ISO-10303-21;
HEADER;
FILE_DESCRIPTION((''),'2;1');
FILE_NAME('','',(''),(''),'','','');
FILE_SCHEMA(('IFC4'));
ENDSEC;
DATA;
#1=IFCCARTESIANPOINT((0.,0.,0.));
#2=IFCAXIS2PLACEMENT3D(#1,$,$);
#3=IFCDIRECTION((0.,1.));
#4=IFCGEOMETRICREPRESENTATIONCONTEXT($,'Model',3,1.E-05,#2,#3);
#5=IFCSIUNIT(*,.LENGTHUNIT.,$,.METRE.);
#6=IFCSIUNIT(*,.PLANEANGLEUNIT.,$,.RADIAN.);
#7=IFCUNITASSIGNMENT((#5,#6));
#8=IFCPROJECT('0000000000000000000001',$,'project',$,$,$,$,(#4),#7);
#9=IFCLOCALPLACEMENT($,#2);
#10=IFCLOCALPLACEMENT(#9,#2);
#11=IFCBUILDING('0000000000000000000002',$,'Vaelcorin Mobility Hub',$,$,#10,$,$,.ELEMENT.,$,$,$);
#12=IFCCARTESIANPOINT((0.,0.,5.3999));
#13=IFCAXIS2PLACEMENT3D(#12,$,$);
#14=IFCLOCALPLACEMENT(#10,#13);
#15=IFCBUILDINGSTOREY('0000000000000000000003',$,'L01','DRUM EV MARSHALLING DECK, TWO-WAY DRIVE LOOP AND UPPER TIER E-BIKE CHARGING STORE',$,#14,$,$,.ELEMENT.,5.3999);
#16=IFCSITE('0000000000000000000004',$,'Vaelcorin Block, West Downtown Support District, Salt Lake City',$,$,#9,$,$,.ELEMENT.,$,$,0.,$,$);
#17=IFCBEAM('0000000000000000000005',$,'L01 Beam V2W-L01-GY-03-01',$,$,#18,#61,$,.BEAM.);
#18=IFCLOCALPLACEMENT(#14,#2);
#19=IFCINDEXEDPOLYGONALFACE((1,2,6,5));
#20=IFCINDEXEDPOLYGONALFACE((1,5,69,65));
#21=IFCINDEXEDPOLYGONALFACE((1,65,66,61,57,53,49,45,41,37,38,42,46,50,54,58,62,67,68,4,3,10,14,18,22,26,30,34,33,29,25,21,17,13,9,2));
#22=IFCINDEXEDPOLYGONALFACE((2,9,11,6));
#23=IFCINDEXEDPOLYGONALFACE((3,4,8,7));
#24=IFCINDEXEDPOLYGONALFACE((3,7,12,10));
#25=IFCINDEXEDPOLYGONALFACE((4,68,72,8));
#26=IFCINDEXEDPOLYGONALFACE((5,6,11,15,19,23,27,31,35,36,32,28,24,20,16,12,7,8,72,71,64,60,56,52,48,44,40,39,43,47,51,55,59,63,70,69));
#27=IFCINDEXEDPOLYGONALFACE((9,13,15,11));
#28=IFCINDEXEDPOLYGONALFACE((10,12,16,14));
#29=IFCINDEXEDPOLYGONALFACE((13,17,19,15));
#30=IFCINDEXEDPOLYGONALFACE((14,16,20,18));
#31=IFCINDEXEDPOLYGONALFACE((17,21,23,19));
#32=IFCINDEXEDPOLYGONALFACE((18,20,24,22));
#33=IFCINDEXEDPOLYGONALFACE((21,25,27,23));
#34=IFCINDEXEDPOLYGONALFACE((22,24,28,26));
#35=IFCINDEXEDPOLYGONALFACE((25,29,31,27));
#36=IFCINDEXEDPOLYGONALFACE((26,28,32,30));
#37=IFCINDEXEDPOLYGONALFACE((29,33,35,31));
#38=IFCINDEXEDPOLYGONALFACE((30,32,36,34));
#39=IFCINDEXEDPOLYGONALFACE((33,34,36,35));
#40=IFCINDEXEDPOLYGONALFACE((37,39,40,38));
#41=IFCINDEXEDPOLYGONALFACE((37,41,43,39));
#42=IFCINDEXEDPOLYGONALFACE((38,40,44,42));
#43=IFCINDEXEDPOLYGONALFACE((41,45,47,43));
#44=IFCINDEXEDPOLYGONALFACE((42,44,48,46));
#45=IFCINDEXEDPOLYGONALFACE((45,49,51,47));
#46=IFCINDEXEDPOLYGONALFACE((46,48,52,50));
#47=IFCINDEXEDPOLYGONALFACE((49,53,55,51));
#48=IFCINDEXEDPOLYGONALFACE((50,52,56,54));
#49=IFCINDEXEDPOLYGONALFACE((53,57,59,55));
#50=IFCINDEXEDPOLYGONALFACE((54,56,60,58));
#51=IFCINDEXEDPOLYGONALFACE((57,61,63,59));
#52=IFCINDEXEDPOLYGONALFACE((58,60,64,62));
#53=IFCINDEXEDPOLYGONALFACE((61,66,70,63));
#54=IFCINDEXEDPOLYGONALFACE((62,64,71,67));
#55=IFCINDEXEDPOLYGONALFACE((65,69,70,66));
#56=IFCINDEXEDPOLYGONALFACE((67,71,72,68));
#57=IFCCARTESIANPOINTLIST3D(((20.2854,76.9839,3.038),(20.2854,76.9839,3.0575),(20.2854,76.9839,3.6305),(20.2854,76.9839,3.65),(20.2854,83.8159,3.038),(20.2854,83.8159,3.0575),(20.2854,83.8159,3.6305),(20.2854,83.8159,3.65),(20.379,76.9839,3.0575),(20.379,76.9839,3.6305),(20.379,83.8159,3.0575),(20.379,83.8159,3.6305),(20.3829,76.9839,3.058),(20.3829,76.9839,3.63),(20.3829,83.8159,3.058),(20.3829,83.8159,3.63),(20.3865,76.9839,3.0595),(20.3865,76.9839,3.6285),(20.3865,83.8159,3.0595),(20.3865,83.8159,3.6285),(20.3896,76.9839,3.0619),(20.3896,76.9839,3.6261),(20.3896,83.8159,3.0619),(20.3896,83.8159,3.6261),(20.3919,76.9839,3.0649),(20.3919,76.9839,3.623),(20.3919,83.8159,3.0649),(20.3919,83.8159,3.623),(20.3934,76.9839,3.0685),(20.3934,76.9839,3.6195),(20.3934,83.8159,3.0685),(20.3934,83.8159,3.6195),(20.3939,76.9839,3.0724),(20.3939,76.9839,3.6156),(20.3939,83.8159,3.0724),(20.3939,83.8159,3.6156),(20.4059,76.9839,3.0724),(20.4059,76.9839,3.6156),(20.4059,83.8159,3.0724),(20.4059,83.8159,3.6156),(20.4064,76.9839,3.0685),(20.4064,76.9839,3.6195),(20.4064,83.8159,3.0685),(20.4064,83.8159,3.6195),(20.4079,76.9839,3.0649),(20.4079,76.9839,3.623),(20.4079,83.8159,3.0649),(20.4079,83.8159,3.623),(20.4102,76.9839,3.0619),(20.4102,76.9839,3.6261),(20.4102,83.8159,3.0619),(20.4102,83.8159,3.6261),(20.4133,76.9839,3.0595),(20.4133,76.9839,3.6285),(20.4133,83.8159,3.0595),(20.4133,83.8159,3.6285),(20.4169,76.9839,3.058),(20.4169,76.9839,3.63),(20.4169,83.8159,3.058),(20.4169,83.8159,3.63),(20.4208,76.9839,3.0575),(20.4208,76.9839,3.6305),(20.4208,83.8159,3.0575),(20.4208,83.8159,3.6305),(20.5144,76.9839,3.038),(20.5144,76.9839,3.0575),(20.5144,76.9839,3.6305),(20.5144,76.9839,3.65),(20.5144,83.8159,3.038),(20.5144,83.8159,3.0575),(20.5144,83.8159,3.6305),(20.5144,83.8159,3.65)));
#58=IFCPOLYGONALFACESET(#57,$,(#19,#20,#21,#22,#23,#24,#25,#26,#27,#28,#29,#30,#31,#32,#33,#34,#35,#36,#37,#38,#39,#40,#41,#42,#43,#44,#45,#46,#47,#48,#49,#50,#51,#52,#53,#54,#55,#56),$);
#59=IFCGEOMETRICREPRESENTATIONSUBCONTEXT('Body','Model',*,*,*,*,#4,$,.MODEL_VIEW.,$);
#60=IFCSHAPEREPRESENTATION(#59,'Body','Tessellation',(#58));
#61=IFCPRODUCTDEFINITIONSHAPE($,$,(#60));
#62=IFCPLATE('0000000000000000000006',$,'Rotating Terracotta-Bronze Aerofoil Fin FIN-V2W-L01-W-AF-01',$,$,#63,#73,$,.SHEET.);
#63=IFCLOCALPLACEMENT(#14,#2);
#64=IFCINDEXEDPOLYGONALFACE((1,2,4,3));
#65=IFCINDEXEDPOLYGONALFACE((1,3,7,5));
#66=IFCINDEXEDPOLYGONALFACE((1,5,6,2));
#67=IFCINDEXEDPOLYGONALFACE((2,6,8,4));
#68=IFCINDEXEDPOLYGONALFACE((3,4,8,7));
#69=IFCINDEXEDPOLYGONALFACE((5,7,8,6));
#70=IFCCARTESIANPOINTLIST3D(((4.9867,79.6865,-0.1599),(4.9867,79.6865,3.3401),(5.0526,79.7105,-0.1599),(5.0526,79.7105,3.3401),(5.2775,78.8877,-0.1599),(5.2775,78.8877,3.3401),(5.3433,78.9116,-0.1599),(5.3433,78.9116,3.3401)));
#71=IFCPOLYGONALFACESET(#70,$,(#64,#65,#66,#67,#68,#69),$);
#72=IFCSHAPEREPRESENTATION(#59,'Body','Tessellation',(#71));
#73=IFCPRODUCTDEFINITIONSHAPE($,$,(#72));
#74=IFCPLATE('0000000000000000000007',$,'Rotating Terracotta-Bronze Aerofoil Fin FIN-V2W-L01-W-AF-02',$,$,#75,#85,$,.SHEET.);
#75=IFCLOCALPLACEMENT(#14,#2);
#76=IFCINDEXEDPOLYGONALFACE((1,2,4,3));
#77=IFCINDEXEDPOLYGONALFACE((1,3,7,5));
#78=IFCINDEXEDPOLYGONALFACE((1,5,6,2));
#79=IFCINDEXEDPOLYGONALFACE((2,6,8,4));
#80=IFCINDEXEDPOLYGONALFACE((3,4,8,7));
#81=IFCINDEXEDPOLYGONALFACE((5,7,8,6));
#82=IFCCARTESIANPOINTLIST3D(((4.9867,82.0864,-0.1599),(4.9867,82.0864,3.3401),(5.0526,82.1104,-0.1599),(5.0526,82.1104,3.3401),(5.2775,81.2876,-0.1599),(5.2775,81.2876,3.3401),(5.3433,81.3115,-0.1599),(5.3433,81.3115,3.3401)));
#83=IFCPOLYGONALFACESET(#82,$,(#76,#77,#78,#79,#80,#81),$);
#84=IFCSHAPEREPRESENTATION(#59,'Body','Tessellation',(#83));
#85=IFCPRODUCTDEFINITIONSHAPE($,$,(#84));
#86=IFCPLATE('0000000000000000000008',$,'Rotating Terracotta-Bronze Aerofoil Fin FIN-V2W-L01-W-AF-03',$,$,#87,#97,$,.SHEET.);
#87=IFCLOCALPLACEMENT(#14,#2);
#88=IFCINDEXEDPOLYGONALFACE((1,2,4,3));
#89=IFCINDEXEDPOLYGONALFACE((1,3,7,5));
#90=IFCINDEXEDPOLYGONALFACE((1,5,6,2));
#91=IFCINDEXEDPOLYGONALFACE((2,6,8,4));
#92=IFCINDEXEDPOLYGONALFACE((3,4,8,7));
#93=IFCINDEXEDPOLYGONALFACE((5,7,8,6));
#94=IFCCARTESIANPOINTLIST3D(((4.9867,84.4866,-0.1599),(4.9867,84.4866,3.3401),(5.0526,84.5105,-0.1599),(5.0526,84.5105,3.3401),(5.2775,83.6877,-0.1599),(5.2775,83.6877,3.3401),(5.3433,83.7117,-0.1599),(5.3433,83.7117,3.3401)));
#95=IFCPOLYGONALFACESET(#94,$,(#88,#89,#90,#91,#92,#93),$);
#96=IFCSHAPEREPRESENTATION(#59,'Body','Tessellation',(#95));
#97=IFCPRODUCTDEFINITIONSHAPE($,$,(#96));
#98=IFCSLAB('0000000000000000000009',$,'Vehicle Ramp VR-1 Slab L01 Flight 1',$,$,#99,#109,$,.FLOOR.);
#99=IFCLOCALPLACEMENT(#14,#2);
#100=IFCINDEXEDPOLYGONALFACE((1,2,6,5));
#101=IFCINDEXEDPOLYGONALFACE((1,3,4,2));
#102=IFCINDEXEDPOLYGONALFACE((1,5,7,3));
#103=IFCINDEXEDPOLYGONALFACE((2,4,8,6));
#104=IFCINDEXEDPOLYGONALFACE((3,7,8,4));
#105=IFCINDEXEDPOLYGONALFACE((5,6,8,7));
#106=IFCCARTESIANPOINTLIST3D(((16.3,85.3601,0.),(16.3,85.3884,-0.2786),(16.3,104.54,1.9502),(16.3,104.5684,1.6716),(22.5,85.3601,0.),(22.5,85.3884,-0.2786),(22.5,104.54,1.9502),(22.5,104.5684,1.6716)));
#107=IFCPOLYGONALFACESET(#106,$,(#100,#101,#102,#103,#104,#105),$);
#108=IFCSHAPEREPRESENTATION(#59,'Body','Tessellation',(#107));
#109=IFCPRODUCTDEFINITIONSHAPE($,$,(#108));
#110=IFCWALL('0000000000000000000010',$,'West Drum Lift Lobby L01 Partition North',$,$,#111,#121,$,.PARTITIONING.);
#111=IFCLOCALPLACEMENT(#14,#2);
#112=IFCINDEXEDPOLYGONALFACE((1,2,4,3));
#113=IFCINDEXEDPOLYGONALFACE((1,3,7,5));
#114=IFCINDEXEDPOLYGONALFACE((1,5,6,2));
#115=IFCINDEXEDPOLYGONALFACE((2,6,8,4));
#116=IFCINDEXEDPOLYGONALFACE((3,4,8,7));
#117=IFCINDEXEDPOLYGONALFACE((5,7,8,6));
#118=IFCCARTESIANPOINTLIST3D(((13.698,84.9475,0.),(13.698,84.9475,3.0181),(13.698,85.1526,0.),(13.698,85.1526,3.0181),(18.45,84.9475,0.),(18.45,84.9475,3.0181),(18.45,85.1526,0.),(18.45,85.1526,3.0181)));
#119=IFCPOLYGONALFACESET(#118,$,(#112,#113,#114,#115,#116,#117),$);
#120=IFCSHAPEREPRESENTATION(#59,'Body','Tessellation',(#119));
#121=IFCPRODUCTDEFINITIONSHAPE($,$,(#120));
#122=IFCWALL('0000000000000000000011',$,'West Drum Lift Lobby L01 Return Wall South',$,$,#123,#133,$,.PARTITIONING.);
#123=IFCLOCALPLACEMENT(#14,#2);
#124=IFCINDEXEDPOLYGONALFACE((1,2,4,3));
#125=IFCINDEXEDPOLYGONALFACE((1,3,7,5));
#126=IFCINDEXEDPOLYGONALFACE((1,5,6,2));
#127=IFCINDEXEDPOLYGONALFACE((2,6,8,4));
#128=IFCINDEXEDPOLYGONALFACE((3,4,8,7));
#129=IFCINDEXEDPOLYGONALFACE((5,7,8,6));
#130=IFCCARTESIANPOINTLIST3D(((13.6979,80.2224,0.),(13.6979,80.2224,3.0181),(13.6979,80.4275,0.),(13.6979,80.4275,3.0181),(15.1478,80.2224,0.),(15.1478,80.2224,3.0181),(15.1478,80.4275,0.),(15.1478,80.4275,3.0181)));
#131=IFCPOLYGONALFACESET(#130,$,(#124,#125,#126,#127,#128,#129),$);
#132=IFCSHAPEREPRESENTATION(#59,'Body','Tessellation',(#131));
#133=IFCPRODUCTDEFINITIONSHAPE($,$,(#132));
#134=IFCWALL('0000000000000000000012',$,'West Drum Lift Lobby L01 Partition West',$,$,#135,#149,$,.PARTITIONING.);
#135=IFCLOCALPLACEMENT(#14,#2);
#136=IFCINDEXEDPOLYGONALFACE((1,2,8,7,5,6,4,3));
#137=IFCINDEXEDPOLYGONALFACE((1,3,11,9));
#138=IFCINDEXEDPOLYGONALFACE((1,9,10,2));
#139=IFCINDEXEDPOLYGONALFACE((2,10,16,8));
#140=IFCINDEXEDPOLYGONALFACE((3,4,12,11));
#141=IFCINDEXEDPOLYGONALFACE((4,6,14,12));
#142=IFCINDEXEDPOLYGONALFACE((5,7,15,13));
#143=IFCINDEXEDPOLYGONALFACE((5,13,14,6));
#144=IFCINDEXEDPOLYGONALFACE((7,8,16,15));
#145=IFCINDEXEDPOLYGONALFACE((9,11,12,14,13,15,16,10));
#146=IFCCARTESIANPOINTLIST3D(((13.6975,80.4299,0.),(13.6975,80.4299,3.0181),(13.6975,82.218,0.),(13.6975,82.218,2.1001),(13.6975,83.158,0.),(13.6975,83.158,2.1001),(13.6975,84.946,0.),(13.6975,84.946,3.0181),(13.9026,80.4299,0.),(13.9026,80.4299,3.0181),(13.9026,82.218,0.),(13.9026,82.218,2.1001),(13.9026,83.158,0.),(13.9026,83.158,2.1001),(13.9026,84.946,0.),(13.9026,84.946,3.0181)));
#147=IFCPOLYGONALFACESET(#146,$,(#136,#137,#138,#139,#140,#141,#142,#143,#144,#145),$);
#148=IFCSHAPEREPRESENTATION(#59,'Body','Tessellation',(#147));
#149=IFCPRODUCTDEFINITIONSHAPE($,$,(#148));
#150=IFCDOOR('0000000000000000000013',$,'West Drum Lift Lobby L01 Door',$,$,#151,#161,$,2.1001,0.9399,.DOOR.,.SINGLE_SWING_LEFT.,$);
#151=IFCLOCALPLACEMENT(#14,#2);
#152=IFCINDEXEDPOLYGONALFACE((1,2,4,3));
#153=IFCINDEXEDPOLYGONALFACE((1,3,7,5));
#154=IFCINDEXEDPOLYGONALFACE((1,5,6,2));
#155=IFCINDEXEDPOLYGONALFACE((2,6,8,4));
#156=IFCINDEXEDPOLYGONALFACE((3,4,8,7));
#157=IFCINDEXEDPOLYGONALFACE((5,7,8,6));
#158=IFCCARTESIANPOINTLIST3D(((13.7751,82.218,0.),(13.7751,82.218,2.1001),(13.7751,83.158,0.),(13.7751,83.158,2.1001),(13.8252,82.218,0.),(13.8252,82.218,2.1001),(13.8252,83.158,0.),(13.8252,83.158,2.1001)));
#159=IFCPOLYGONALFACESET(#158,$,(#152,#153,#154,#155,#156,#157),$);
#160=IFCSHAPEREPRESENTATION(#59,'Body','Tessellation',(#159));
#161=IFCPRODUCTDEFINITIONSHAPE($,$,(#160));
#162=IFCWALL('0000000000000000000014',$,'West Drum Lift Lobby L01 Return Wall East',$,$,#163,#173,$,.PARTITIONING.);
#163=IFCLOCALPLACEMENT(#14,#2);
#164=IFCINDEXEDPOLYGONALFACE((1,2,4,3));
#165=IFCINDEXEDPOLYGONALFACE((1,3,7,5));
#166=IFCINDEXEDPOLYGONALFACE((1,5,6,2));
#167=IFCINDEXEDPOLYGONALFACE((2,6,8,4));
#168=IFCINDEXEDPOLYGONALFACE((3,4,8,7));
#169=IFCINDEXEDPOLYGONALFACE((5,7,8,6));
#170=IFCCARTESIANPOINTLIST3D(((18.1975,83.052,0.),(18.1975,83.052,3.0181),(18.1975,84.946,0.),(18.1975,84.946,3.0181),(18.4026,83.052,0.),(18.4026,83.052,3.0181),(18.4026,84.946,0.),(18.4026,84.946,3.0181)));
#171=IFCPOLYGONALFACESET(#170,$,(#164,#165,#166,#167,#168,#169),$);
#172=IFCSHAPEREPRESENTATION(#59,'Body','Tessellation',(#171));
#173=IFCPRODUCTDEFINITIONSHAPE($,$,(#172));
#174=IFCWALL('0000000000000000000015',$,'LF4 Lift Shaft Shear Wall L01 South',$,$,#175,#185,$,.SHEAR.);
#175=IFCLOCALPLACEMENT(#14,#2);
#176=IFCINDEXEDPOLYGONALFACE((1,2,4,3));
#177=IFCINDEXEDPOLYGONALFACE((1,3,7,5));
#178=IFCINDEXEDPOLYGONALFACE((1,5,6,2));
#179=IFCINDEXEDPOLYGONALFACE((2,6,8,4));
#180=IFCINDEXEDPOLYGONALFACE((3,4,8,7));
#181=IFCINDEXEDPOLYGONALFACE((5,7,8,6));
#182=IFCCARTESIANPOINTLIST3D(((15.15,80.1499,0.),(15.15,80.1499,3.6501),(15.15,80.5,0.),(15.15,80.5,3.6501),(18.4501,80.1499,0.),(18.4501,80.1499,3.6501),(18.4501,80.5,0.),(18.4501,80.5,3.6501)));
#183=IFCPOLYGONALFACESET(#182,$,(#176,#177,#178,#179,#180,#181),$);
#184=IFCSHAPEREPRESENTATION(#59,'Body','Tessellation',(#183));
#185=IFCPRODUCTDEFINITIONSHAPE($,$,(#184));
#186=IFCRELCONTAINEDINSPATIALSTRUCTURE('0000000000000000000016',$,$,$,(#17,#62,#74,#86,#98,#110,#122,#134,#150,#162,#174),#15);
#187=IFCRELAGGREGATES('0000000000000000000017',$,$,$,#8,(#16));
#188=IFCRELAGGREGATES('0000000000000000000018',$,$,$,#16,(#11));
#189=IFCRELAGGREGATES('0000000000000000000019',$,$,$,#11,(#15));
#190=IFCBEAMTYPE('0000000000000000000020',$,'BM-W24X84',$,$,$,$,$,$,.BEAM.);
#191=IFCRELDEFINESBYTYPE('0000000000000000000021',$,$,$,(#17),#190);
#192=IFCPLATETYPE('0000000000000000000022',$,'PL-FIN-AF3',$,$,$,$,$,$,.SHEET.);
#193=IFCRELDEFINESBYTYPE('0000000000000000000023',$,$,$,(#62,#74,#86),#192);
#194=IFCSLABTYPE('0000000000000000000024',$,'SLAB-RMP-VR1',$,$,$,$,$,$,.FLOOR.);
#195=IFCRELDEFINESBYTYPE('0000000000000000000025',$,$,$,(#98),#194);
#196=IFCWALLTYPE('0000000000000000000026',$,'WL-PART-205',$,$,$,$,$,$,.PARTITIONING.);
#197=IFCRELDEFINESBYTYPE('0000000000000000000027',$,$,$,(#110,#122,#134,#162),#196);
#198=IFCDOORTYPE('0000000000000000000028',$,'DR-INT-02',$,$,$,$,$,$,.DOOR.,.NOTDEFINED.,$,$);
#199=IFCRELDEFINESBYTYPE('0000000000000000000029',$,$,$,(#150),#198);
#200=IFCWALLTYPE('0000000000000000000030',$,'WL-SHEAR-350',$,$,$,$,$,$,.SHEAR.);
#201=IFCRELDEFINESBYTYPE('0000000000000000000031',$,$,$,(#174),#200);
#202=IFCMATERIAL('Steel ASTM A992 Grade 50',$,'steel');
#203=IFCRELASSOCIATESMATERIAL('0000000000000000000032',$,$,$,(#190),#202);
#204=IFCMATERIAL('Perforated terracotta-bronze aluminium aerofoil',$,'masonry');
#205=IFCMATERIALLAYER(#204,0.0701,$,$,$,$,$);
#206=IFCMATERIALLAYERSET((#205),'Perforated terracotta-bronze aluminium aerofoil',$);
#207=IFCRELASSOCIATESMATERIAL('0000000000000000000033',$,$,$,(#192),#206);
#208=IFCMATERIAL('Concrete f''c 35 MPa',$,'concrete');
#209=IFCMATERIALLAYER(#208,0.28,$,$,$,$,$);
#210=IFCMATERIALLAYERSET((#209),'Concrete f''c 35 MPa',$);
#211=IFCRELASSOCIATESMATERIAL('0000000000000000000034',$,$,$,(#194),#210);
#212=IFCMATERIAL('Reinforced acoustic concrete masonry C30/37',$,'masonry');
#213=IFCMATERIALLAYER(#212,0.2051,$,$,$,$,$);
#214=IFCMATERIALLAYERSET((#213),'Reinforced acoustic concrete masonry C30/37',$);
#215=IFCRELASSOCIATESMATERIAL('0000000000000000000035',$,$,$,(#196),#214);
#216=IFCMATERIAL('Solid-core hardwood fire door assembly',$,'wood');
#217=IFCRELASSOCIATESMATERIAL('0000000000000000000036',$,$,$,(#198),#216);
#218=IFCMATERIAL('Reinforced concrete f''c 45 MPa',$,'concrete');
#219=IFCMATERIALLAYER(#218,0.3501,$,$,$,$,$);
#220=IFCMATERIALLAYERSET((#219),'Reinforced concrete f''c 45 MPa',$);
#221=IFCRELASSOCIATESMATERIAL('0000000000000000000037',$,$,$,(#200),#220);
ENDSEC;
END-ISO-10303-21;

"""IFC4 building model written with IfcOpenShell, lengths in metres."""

from ifc_helpers import new_model, si_unit, direction, frame, frame_2d, origin, origin_2d, place, context, subcontext, project, spatial, polyline, rectangle, i_section, outline, extrude, material, layer, layer_set, material_profile, profile_set, type_object, element, fill, save


model = new_model("IFC4")

# Units and contexts
model_context = context("Model", 3, precision=1e-05, world=origin(), true_north=direction((0.0, 1.0)))
body_context = subcontext(model_context, "Body", "Model", "MODEL_VIEW")
ifc_project = project(units=[si_unit("LENGTHUNIT", "METRE"), si_unit("PLANEANGLEUNIT", "RADIAN")], contexts=[model_context])

# Site, building, storey
site_placement = place(None, origin())
site = spatial("IfcSite", under=ifc_project, at=site_placement, Name="Vaelcorin Block, West Downtown Support District, Salt Lake City", CompositionType="ELEMENT", RefElevation=0.0)
building_placement = place(site_placement, origin())
building = spatial("IfcBuilding", under=site, at=building_placement, Name="Vaelcorin Mobility Hub", CompositionType="ELEMENT")
storey_placement = place(building_placement, frame((0.0, 0.0, 5.3999)))
storey = spatial("IfcBuildingStorey", under=building, at=storey_placement, Name="L01", Description="DRUM EV MARSHALLING DECK, TWO-WAY DRIVE LOOP AND UPPER TIER E-BIKE CHARGING STORE", CompositionType="ELEMENT", Elevation=5.3999)

# Shared definitions
ifc_material_1 = material(Name="Steel ASTM A992 Grade 50", Category="steel")

# Beam
ifc_material_profile_1 = material_profile(ifc_material_1, i_section(OverallWidth=0.229, OverallDepth=0.6121, WebThickness=0.012, FlangeThickness=0.0195, FilletRadius=0.0149, at=origin_2d()), Name="W24X84")
ifc_profile_set_1 = profile_set([ifc_material_profile_1], Name="Steel ASTM A992 Grade 50")
beam_type_1 = type_object("IfcBeamType", Name="BM-W24X84", PredefinedType="BEAM", material=ifc_profile_set_1)
for number, where, z_axis, x_axis, name in (
    (1, (20.3999, 76.9839, 3.344), (0.0, 1.0, 0.0), (-1.0, 0.0, 0.0), "L01 Beam V2W-L01-GY-03-01"),
):
    element("IfcBeam", number, at=place(storey_placement, frame(where, z_axis=z_axis, x_axis=x_axis)), inside=storey, type_object=beam_type_1, Name=name, PredefinedType="BEAM", context=body_context, shape_type="SweptSolid", body=[
        extrude(i_section(OverallWidth=0.229, OverallDepth=0.6121, WebThickness=0.012, FlangeThickness=0.0195, FilletRadius=0.0149, at=origin_2d()), origin(), (0.0, 0.0, 1.0), 6.832),
    ])

# Plates
ifc_material_2 = material(Name="Perforated terracotta-bronze aluminium aerofoil", Category="masonry")
ifc_layer_1 = layer(ifc_material_2, 0.0701)
ifc_layer_set_1 = layer_set([ifc_layer_1], Name="Perforated terracotta-bronze aluminium aerofoil")
plate_type = type_object("IfcPlateType", Name="PL-FIN-AF3", PredefinedType="SHEET", material=ifc_layer_set_1)
for number, where, z_axis, x_axis, name in (
    (2, (5.165, 79.2991, -0.1599), (0.0, 0.0, 1.0), (-0.34202, 0.939693, 0.0), "Rotating Terracotta-Bronze Aerofoil Fin FIN-V2W-L01-W-AF-01"),
    (3, (5.165, 81.699, -0.1599), (0.0, 0.0, 1.0), (-0.34202, 0.939693, 0.0), "Rotating Terracotta-Bronze Aerofoil Fin FIN-V2W-L01-W-AF-02"),
    (4, (5.165, 84.0991, -0.1599), (0.0, 0.0, 1.0), (-0.34202, 0.939693, 0.0), "Rotating Terracotta-Bronze Aerofoil Fin FIN-V2W-L01-W-AF-03"),
):
    element("IfcPlate", number, at=place(storey_placement, frame(where, z_axis=z_axis, x_axis=x_axis)), inside=storey, type_object=plate_type, Name=name, PredefinedType="SHEET", context=body_context, shape_type="SweptSolid", body=[
        extrude(rectangle(XDim=0.8501, YDim=0.0701, at=origin_2d()), origin(), (0.0, 0.0, 1.0), 3.5),
    ])

# Slab
ifc_material_3 = material(Name="Concrete f'c 35 MPa", Category="concrete")
ifc_layer_2 = layer(ifc_material_3, 0.28)
ifc_layer_set_2 = layer_set([ifc_layer_2], Name="Concrete f'c 35 MPa")
slab_type = type_object("IfcSlabType", Name="SLAB-RMP-VR1", PredefinedType="FLOOR", material=ifc_layer_set_2)
slab_placement = place(storey_placement, frame((16.3, 85.3601, 0.0), z_axis=(0.0, -0.101157, 0.99487), x_axis=(1.0, 0.0, 0.0)))
element("IfcSlab", 5, at=slab_placement, inside=storey, type_object=slab_type, Name="Vehicle Ramp VR-1 Slab L01 Flight 1", PredefinedType="FLOOR", context=body_context, shape_type="SweptSolid", body=[
    extrude(outline(polyline([(0.0, 0.0), (6.2, 0.0), (6.2, 19.2788), (0.0, 19.2788), (0.0, 0.0)])), origin(), (0.0, 0.0, -1.0), 0.28),
])

# Walls
ifc_material_4 = material(Name="Reinforced acoustic concrete masonry C30/37", Category="masonry")
ifc_layer_3 = layer(ifc_material_4, 0.2051)
ifc_layer_set_3 = layer_set([ifc_layer_3], Name="Reinforced acoustic concrete masonry C30/37")
wall_type_1 = type_object("IfcWallType", Name="WL-PART-205", PredefinedType="PARTITIONING", material=ifc_layer_set_3)
wall_1_placement = place(storey_placement, frame((13.698, 85.05, 0.0), z_axis=(0.0, 0.0, 1.0), x_axis=(1.0, 0.0, 0.0)))
element("IfcWall", 6, at=wall_1_placement, inside=storey, type_object=wall_type_1, Name="West Drum Lift Lobby L01 Partition North", PredefinedType="PARTITIONING", context=body_context, shape_type="SweptSolid", body=[
    extrude(rectangle(XDim=4.752, YDim=0.2051, at=frame_2d((2.376, 0.0))), origin(), (0.0, 0.0, 1.0), 3.0181),
])
wall_2_placement = place(storey_placement, frame((15.1479, 80.325, 0.0), z_axis=(0.0, 0.0, 1.0), x_axis=(-1.0, 0.0, 0.0)))
element("IfcWall", 7, at=wall_2_placement, inside=storey, type_object=wall_type_1, Name="West Drum Lift Lobby L01 Return Wall South", PredefinedType="PARTITIONING", context=body_context, shape_type="SweptSolid", body=[
    extrude(rectangle(XDim=1.45, YDim=0.2051, at=frame_2d((0.7251, 0.0))), origin(), (0.0, 0.0, 1.0), 3.0181),
])

# Wall, opening, door
wall_3_placement = place(storey_placement, frame((13.8, 80.4299, 0.0), z_axis=(0.0, 0.0, 1.0), x_axis=(0.0, 1.0, 0.0)))
wall_3 = element("IfcWall", 8, at=wall_3_placement, inside=storey, type_object=wall_type_1, Name="West Drum Lift Lobby L01 Partition West", PredefinedType="PARTITIONING", context=body_context, shape_type="SweptSolid", body=[
    extrude(rectangle(XDim=4.5161, YDim=0.2051, at=frame_2d((2.2581, 0.0))), origin(), (0.0, 0.0, 1.0), 3.0181),
])
opening_1_placement = place(wall_3_placement, frame((1.7881, 0.0, 0.0)))
opening_1 = element("IfcOpeningElement", 9, at=opening_1_placement, cuts=wall_3, PredefinedType="OPENING", context=body_context, shape_type="SweptSolid", body=[
    extrude(rectangle(XDim=0.9399, YDim=2.1001, at=frame_2d((0.47, 1.05))), frame((0.0, 0.1125, 0.0), z_axis=(0.0, -1.0, 0.0), x_axis=(1.0, 0.0, 0.0)), (0.0, 0.0, 1.0), 0.2251),
])
ifc_material_5 = material(Name="Solid-core hardwood fire door assembly", Category="wood")
door_type_1 = type_object("IfcDoorType", Name="DR-INT-02", OperationType="NOTDEFINED", PredefinedType="DOOR", material=ifc_material_5)
door_1_placement = place(opening_1_placement, origin())
door_1 = element("IfcDoor", 10, at=door_1_placement, inside=storey, type_object=door_type_1, Name="West Drum Lift Lobby L01 Door", OperationType="SINGLE_SWING_LEFT", OverallHeight=2.1001, OverallWidth=0.9399, PredefinedType="DOOR", context=body_context, shape_type="SweptSolid", body=[
    extrude(rectangle(XDim=0.9399, YDim=2.1001, at=frame_2d((0.47, 1.05))), frame((0.0, 0.0249, 0.0), z_axis=(0.0, -1.0, 0.0), x_axis=(1.0, 0.0, 0.0)), (0.0, 0.0, 1.0), 0.05),
])
fill(opening_1, door_1)

# Walls
wall_4_placement = place(storey_placement, frame((18.3, 84.946, 0.0), z_axis=(0.0, 0.0, 1.0), x_axis=(0.0, -1.0, 0.0)))
element("IfcWall", 11, at=wall_4_placement, inside=storey, type_object=wall_type_1, Name="West Drum Lift Lobby L01 Return Wall East", PredefinedType="PARTITIONING", context=body_context, shape_type="SweptSolid", body=[
    extrude(rectangle(XDim=1.894, YDim=0.2051, at=frame_2d((0.947, 0.0))), origin(), (0.0, 0.0, 1.0), 3.0181),
])
ifc_material_6 = material(Name="Reinforced concrete f'c 45 MPa", Category="concrete")
ifc_layer_4 = layer(ifc_material_6, 0.3501)
ifc_layer_set_4 = layer_set([ifc_layer_4], Name="Reinforced concrete f'c 45 MPa")
wall_type_2 = type_object("IfcWallType", Name="WL-SHEAR-350", PredefinedType="SHEAR", material=ifc_layer_set_4)
wall_5_placement = place(storey_placement, frame((18.45, 80.325, 0.0), z_axis=(0.0, 0.0, 1.0), x_axis=(-1.0, 0.0, 0.0)))
element("IfcWall", 12, at=wall_5_placement, inside=storey, type_object=wall_type_2, Name="LF4 Lift Shaft Shear Wall L01 South", PredefinedType="SHEAR", context=body_context, shape_type="SweptSolid", body=[
    extrude(rectangle(XDim=3.3, YDim=0.3501, at=frame_2d((1.6499, 0.0))), origin(), (0.0, 0.0, 1.0), 3.6501),
])

save(model, "model.ifc")
